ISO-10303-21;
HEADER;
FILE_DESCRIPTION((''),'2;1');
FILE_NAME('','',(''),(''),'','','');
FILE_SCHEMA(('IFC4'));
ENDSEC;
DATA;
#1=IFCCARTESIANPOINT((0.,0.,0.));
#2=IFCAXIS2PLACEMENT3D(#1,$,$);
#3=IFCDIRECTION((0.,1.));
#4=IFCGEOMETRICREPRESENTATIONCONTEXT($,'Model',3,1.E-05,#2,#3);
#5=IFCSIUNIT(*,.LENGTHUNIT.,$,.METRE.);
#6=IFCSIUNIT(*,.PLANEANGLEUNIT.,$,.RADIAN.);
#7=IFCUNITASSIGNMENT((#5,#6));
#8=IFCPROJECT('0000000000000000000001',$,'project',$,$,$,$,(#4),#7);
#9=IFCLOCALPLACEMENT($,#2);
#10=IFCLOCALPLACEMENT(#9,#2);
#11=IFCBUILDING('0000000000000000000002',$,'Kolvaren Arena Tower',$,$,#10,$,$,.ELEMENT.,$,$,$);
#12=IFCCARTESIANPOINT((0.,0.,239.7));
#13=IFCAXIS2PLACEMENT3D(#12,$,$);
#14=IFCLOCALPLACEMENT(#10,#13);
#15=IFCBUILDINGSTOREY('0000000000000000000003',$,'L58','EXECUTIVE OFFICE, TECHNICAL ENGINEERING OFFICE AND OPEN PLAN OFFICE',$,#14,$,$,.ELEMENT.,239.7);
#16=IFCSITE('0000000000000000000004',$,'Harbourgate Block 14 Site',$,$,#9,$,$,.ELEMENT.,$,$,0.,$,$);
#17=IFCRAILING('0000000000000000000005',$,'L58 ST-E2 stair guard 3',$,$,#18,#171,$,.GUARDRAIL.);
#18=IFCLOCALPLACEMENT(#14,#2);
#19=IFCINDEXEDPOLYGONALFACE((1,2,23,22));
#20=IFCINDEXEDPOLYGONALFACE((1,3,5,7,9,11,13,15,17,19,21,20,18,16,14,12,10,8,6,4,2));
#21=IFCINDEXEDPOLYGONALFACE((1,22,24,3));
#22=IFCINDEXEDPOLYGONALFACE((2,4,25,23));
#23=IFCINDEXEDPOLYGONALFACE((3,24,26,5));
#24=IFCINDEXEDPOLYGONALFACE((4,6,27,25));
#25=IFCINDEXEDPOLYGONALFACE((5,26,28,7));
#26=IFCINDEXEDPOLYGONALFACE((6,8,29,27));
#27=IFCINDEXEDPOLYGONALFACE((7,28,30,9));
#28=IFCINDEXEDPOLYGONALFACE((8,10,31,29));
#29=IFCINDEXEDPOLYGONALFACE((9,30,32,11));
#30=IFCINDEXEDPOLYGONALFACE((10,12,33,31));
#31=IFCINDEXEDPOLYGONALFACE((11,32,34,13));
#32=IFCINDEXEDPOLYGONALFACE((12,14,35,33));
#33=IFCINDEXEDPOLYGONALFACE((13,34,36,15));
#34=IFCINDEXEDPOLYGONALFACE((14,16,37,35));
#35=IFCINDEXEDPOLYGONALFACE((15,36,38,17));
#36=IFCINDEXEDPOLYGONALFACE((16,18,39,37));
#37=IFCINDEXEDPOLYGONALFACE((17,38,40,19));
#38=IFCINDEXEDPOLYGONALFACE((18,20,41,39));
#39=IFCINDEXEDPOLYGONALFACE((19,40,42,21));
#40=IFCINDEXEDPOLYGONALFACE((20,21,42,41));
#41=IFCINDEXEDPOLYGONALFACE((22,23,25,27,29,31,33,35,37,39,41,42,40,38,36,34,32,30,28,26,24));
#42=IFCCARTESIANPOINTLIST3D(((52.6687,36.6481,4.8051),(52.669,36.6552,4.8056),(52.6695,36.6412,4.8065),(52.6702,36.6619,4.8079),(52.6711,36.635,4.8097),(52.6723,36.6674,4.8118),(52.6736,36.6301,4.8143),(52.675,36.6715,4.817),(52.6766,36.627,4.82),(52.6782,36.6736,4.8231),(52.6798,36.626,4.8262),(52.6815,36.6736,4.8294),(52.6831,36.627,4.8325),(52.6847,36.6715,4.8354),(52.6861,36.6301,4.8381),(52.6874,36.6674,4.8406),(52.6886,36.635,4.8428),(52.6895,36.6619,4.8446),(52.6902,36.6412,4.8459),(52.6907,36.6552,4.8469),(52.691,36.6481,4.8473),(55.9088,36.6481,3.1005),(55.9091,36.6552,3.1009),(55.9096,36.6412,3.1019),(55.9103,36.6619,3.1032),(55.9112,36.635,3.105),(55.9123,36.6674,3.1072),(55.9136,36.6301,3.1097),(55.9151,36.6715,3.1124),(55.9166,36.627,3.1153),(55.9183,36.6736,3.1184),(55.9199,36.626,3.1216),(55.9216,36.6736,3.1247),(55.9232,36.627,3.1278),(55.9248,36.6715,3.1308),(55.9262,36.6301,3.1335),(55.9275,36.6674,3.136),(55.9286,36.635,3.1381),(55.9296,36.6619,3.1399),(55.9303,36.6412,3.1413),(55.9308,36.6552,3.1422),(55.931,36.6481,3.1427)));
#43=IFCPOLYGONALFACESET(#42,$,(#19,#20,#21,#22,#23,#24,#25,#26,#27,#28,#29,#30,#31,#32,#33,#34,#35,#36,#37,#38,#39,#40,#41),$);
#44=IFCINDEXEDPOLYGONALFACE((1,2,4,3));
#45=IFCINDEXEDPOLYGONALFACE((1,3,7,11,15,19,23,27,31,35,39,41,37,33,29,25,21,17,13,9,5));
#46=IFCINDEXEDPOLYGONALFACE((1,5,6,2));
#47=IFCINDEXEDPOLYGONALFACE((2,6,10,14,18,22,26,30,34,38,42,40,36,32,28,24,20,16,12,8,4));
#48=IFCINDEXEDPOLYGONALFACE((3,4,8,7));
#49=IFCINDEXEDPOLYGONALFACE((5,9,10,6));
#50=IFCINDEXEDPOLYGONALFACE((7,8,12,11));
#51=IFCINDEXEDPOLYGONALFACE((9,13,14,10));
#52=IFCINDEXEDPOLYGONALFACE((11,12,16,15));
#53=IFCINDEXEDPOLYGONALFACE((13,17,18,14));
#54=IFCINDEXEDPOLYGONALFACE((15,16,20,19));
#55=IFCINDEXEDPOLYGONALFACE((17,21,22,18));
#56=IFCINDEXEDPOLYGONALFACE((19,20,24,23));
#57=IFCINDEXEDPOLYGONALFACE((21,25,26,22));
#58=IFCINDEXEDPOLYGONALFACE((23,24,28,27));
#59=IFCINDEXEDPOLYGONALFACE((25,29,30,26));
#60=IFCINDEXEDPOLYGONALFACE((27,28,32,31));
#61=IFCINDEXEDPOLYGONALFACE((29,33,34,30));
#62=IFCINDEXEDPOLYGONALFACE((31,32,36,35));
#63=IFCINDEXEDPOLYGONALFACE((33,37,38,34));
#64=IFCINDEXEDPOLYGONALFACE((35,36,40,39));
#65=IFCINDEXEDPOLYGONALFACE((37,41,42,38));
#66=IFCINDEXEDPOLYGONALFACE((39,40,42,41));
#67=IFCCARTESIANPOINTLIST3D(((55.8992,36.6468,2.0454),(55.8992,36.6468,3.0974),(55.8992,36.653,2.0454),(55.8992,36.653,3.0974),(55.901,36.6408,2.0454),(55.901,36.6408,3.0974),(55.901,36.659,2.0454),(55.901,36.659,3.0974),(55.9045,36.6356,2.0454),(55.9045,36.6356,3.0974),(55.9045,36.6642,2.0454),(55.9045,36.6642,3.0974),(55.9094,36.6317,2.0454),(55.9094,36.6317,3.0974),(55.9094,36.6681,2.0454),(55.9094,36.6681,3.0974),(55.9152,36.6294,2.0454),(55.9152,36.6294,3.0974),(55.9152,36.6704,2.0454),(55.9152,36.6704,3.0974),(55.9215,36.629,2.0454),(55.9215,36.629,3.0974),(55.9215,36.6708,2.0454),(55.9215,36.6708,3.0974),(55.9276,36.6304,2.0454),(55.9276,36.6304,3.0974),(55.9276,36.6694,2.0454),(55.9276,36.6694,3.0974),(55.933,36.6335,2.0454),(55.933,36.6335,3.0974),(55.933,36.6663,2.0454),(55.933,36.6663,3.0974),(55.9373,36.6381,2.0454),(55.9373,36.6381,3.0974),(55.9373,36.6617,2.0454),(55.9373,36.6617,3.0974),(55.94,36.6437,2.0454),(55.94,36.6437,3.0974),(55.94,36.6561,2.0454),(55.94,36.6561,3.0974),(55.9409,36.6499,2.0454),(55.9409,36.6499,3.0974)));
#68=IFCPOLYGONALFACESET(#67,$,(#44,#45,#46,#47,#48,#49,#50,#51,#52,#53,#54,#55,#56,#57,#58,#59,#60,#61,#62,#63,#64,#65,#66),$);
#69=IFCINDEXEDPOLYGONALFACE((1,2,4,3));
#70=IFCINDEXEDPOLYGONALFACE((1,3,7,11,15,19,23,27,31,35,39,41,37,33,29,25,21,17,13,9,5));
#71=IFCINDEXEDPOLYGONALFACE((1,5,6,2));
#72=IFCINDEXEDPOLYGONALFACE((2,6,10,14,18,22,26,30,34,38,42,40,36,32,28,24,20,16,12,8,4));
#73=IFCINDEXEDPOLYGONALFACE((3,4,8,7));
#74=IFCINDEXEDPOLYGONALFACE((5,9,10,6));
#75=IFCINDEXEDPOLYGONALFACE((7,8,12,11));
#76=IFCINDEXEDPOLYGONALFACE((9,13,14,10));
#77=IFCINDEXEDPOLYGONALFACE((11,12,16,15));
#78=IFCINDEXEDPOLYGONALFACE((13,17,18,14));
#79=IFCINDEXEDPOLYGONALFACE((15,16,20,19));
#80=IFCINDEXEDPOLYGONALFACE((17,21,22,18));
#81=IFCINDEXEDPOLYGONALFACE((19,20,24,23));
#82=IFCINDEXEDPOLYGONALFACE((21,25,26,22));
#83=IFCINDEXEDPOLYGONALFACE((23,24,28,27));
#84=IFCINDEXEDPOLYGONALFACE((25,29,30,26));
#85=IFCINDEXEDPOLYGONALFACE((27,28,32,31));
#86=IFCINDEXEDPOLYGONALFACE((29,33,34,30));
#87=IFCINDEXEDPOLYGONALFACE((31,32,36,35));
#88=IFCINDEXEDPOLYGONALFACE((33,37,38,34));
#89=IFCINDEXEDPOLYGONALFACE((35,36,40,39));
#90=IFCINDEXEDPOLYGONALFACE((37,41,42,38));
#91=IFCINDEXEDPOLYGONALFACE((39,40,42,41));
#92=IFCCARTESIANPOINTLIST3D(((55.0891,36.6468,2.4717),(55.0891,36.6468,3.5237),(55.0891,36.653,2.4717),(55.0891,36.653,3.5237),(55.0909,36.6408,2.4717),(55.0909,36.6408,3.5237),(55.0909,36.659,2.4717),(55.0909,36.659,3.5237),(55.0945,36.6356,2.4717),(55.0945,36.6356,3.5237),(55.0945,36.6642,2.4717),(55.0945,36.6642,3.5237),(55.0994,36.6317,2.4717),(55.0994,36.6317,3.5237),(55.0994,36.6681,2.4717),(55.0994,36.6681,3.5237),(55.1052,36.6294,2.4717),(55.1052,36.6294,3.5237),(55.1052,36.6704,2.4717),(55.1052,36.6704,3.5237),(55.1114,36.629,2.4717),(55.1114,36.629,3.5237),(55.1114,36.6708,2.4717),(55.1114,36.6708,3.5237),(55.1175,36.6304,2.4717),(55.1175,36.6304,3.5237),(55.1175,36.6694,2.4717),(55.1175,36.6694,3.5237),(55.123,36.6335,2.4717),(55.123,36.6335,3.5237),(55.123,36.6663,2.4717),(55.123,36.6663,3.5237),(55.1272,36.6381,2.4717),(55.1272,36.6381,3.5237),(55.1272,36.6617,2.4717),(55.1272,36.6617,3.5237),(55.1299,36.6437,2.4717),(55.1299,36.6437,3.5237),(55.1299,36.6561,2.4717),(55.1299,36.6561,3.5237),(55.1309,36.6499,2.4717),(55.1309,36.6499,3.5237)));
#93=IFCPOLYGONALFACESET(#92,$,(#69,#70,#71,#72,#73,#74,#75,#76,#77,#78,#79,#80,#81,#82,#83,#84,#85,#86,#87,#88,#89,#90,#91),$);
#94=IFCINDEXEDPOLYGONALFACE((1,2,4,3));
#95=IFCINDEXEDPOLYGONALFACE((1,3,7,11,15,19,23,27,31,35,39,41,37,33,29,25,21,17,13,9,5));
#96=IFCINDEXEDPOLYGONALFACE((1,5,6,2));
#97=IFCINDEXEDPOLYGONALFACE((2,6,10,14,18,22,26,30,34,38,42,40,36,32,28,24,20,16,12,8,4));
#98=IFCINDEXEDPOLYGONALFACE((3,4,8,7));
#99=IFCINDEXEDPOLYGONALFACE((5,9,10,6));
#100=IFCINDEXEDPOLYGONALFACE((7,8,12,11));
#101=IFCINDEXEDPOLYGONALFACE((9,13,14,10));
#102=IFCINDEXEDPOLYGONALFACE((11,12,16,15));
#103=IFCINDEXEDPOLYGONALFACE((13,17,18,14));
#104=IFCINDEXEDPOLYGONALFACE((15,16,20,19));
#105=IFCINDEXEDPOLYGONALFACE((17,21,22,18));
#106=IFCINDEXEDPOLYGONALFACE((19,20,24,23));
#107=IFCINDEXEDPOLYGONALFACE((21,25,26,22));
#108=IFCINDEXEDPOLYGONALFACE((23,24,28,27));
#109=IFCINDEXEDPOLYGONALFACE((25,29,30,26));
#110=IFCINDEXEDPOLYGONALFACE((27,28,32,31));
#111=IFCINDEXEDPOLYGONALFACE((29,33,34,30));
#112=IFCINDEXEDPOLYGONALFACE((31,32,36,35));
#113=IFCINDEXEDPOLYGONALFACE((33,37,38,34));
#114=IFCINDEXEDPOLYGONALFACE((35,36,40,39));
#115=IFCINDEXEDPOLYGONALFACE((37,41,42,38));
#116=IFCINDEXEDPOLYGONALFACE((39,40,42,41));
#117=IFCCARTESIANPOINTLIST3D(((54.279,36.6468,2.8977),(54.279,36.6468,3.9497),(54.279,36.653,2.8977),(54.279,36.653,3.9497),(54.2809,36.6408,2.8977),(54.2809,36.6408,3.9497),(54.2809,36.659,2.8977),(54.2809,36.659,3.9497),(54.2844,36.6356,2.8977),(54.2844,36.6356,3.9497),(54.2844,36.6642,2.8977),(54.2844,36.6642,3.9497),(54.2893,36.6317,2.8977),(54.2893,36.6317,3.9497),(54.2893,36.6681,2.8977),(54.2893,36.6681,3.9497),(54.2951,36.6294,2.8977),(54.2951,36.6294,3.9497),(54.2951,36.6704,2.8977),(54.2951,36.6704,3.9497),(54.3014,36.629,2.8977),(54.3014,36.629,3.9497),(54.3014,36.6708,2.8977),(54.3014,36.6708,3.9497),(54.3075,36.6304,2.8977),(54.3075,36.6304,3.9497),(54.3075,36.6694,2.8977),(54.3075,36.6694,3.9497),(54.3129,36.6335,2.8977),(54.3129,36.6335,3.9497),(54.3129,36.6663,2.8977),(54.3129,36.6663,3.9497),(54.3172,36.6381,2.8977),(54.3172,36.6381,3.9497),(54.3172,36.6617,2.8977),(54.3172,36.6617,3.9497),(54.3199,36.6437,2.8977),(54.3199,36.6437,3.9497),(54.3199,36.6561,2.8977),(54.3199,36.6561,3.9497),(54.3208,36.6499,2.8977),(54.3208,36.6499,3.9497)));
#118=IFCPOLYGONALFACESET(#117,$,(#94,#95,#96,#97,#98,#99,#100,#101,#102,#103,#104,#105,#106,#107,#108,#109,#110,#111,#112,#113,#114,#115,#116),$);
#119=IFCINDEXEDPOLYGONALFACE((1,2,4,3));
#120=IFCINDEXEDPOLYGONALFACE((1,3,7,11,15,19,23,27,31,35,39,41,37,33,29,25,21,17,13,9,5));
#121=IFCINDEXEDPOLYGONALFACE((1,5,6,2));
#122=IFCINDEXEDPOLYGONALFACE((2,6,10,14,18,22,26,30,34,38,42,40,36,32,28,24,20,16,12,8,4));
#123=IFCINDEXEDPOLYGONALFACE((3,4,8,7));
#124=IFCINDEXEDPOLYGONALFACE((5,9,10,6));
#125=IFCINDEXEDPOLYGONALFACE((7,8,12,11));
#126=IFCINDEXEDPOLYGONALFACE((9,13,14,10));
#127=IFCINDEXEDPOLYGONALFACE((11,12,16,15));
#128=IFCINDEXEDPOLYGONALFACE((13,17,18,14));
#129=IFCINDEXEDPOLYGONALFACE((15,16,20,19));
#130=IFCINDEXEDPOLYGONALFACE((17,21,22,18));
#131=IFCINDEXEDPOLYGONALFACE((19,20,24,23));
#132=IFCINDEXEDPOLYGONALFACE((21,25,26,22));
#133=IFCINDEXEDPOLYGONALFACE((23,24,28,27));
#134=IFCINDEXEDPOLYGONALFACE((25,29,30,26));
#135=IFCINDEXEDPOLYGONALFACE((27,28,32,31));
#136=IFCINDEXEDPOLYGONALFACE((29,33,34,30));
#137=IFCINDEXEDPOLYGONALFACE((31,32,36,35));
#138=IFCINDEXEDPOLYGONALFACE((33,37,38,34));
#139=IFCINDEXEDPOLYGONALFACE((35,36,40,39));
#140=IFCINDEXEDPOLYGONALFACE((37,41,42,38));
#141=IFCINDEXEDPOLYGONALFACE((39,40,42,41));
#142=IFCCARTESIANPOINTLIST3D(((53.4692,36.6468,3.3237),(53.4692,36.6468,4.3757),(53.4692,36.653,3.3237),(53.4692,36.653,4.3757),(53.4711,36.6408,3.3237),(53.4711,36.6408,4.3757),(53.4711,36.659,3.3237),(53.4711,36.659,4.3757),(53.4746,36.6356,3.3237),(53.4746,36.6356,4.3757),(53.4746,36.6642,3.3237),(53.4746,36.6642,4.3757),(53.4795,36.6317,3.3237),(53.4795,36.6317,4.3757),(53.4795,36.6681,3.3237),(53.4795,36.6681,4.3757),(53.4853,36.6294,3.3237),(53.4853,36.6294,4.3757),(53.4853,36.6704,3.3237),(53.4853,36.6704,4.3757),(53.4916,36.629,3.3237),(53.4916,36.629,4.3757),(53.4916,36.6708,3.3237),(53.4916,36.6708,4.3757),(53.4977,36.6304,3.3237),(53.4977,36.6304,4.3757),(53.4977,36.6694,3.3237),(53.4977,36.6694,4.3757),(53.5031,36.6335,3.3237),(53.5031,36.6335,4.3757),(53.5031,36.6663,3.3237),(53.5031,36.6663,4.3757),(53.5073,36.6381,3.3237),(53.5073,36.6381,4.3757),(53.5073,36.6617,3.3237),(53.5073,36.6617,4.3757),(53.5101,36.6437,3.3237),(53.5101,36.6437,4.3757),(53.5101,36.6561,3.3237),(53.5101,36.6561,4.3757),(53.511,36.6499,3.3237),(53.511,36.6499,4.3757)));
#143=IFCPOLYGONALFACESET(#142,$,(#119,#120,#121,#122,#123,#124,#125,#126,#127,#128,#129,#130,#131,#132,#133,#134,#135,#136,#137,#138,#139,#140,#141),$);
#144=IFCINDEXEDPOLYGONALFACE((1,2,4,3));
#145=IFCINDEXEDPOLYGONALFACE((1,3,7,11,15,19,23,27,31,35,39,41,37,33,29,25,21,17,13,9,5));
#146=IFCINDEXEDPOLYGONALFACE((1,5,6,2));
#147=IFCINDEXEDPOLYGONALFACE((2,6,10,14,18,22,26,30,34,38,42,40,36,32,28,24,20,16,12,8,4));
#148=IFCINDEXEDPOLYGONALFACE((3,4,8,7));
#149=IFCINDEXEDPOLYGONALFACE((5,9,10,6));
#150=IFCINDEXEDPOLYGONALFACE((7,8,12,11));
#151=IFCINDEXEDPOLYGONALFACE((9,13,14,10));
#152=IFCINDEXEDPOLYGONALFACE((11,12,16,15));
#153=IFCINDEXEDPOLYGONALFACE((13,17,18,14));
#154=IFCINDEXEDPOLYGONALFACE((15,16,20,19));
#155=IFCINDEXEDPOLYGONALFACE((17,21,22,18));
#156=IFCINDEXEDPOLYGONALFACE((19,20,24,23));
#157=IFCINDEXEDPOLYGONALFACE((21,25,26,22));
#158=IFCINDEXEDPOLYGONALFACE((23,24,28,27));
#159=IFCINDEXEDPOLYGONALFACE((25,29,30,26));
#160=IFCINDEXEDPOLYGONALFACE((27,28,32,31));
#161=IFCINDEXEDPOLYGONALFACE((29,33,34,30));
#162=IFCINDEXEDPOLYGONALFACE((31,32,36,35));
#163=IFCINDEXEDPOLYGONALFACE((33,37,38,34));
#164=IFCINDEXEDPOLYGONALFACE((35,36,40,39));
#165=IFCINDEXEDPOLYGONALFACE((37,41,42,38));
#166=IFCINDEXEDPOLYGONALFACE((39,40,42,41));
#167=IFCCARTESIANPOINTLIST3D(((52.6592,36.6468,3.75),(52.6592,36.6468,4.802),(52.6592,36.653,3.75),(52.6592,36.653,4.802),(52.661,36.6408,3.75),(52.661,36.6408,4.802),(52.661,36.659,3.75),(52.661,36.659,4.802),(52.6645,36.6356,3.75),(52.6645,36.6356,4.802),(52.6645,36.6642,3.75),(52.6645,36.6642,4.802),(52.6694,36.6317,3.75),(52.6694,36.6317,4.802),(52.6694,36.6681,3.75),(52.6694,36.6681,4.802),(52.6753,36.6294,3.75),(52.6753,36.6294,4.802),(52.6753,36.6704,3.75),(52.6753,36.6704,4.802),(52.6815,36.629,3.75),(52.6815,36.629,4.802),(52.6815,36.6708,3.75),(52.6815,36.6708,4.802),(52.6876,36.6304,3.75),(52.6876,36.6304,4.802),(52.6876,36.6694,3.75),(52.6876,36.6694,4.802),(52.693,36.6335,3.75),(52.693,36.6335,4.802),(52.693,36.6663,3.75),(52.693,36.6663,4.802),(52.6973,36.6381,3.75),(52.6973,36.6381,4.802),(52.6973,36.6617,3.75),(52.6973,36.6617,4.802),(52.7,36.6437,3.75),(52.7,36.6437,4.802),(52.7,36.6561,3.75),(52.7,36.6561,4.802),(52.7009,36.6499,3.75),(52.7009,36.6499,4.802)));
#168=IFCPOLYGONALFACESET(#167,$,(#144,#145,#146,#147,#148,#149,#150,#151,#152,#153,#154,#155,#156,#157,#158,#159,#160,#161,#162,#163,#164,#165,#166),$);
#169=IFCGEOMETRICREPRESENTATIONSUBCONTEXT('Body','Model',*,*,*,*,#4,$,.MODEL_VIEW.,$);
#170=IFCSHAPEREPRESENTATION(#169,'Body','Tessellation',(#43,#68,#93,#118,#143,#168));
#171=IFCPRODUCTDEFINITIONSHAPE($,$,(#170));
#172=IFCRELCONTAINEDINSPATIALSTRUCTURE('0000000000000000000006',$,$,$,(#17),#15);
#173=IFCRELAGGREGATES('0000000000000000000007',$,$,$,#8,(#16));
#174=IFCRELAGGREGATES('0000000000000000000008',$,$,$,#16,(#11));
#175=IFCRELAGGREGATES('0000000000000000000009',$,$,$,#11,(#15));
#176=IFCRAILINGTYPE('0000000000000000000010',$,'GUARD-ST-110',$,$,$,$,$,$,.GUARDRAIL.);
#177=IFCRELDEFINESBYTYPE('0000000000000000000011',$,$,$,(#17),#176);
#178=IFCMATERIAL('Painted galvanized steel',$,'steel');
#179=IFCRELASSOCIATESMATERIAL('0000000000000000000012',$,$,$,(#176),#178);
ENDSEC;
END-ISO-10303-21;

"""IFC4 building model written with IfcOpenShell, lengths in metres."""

from ifc_helpers import new_model, si_unit, direction, frame, origin, origin_2d, place, context, subcontext, project, spatial, circle, extrude, material, type_object, element, save


model = new_model("IFC4")

# Units and contexts
model_context = context("Model", 3, precision=1e-05, world=origin(), true_north=direction((0.0, 1.0)))
body_context = subcontext(model_context, "Body", "Model", "MODEL_VIEW")
ifc_project = project(units=[si_unit("LENGTHUNIT", "METRE"), si_unit("PLANEANGLEUNIT", "RADIAN")], contexts=[model_context])

# Site, building, storey
site_placement = place(None, origin())
site = spatial("IfcSite", under=ifc_project, at=site_placement, Name="Harbourgate Block 14 Site", CompositionType="ELEMENT", RefElevation=0.0)
building_placement = place(site_placement, origin())
building = spatial("IfcBuilding", under=site, at=building_placement, Name="Kolvaren Arena Tower", CompositionType="ELEMENT")
storey_placement = place(building_placement, frame((0.0, 0.0, 239.7)))
storey = spatial("IfcBuildingStorey", under=building, at=storey_placement, Name="L58", Description="EXECUTIVE OFFICE, TECHNICAL ENGINEERING OFFICE AND OPEN PLAN OFFICE", CompositionType="ELEMENT", Elevation=239.7)

# Railing
ifc_material_1 = material(Name="Painted galvanized steel", Category="steel")
railing_type_1 = type_object("IfcRailingType", Name="GUARD-ST-110", PredefinedType="GUARDRAIL", material=ifc_material_1)
railing_1_placement = place(storey_placement, frame((55.9199, 36.6499, 2.0454)))
element("IfcRailing", 1, at=railing_1_placement, inside=storey, type_object=railing_type_1, Name="L58 ST-E2 stair guard 3", PredefinedType="GUARDRAIL", context=body_context, shape_type="SweptSolid", body=[
    extrude(circle(Radius=0.0239, at=origin_2d()), frame((0.0, 0.0, 1.0762), z_axis=(-0.884993, 0.0, 0.465604), x_axis=(0.0, -1.0, 0.0)), (0.0, 0.0, 1.0), 3.6611),
    extrude(circle(Radius=0.021, at=origin_2d()), origin(), (0.0, 0.0, 1.0), 1.052),
    extrude(circle(Radius=0.021, at=origin_2d()), frame((-0.8101, 0.0, 0.4263)), (0.0, 0.0, 1.0), 1.052),
    extrude(circle(Radius=0.021, at=origin_2d()), frame((-1.6201, 0.0, 0.8523)), (0.0, 0.0, 1.0), 1.052),
    extrude(circle(Radius=0.021, at=origin_2d()), frame((-2.4299, 0.0, 1.2783)), (0.0, 0.0, 1.0), 1.052),
    extrude(circle(Radius=0.021, at=origin_2d()), frame((-3.24, 0.0, 1.7046)), (0.0, 0.0, 1.0), 1.052),
])

save(model, "model.ifc")
